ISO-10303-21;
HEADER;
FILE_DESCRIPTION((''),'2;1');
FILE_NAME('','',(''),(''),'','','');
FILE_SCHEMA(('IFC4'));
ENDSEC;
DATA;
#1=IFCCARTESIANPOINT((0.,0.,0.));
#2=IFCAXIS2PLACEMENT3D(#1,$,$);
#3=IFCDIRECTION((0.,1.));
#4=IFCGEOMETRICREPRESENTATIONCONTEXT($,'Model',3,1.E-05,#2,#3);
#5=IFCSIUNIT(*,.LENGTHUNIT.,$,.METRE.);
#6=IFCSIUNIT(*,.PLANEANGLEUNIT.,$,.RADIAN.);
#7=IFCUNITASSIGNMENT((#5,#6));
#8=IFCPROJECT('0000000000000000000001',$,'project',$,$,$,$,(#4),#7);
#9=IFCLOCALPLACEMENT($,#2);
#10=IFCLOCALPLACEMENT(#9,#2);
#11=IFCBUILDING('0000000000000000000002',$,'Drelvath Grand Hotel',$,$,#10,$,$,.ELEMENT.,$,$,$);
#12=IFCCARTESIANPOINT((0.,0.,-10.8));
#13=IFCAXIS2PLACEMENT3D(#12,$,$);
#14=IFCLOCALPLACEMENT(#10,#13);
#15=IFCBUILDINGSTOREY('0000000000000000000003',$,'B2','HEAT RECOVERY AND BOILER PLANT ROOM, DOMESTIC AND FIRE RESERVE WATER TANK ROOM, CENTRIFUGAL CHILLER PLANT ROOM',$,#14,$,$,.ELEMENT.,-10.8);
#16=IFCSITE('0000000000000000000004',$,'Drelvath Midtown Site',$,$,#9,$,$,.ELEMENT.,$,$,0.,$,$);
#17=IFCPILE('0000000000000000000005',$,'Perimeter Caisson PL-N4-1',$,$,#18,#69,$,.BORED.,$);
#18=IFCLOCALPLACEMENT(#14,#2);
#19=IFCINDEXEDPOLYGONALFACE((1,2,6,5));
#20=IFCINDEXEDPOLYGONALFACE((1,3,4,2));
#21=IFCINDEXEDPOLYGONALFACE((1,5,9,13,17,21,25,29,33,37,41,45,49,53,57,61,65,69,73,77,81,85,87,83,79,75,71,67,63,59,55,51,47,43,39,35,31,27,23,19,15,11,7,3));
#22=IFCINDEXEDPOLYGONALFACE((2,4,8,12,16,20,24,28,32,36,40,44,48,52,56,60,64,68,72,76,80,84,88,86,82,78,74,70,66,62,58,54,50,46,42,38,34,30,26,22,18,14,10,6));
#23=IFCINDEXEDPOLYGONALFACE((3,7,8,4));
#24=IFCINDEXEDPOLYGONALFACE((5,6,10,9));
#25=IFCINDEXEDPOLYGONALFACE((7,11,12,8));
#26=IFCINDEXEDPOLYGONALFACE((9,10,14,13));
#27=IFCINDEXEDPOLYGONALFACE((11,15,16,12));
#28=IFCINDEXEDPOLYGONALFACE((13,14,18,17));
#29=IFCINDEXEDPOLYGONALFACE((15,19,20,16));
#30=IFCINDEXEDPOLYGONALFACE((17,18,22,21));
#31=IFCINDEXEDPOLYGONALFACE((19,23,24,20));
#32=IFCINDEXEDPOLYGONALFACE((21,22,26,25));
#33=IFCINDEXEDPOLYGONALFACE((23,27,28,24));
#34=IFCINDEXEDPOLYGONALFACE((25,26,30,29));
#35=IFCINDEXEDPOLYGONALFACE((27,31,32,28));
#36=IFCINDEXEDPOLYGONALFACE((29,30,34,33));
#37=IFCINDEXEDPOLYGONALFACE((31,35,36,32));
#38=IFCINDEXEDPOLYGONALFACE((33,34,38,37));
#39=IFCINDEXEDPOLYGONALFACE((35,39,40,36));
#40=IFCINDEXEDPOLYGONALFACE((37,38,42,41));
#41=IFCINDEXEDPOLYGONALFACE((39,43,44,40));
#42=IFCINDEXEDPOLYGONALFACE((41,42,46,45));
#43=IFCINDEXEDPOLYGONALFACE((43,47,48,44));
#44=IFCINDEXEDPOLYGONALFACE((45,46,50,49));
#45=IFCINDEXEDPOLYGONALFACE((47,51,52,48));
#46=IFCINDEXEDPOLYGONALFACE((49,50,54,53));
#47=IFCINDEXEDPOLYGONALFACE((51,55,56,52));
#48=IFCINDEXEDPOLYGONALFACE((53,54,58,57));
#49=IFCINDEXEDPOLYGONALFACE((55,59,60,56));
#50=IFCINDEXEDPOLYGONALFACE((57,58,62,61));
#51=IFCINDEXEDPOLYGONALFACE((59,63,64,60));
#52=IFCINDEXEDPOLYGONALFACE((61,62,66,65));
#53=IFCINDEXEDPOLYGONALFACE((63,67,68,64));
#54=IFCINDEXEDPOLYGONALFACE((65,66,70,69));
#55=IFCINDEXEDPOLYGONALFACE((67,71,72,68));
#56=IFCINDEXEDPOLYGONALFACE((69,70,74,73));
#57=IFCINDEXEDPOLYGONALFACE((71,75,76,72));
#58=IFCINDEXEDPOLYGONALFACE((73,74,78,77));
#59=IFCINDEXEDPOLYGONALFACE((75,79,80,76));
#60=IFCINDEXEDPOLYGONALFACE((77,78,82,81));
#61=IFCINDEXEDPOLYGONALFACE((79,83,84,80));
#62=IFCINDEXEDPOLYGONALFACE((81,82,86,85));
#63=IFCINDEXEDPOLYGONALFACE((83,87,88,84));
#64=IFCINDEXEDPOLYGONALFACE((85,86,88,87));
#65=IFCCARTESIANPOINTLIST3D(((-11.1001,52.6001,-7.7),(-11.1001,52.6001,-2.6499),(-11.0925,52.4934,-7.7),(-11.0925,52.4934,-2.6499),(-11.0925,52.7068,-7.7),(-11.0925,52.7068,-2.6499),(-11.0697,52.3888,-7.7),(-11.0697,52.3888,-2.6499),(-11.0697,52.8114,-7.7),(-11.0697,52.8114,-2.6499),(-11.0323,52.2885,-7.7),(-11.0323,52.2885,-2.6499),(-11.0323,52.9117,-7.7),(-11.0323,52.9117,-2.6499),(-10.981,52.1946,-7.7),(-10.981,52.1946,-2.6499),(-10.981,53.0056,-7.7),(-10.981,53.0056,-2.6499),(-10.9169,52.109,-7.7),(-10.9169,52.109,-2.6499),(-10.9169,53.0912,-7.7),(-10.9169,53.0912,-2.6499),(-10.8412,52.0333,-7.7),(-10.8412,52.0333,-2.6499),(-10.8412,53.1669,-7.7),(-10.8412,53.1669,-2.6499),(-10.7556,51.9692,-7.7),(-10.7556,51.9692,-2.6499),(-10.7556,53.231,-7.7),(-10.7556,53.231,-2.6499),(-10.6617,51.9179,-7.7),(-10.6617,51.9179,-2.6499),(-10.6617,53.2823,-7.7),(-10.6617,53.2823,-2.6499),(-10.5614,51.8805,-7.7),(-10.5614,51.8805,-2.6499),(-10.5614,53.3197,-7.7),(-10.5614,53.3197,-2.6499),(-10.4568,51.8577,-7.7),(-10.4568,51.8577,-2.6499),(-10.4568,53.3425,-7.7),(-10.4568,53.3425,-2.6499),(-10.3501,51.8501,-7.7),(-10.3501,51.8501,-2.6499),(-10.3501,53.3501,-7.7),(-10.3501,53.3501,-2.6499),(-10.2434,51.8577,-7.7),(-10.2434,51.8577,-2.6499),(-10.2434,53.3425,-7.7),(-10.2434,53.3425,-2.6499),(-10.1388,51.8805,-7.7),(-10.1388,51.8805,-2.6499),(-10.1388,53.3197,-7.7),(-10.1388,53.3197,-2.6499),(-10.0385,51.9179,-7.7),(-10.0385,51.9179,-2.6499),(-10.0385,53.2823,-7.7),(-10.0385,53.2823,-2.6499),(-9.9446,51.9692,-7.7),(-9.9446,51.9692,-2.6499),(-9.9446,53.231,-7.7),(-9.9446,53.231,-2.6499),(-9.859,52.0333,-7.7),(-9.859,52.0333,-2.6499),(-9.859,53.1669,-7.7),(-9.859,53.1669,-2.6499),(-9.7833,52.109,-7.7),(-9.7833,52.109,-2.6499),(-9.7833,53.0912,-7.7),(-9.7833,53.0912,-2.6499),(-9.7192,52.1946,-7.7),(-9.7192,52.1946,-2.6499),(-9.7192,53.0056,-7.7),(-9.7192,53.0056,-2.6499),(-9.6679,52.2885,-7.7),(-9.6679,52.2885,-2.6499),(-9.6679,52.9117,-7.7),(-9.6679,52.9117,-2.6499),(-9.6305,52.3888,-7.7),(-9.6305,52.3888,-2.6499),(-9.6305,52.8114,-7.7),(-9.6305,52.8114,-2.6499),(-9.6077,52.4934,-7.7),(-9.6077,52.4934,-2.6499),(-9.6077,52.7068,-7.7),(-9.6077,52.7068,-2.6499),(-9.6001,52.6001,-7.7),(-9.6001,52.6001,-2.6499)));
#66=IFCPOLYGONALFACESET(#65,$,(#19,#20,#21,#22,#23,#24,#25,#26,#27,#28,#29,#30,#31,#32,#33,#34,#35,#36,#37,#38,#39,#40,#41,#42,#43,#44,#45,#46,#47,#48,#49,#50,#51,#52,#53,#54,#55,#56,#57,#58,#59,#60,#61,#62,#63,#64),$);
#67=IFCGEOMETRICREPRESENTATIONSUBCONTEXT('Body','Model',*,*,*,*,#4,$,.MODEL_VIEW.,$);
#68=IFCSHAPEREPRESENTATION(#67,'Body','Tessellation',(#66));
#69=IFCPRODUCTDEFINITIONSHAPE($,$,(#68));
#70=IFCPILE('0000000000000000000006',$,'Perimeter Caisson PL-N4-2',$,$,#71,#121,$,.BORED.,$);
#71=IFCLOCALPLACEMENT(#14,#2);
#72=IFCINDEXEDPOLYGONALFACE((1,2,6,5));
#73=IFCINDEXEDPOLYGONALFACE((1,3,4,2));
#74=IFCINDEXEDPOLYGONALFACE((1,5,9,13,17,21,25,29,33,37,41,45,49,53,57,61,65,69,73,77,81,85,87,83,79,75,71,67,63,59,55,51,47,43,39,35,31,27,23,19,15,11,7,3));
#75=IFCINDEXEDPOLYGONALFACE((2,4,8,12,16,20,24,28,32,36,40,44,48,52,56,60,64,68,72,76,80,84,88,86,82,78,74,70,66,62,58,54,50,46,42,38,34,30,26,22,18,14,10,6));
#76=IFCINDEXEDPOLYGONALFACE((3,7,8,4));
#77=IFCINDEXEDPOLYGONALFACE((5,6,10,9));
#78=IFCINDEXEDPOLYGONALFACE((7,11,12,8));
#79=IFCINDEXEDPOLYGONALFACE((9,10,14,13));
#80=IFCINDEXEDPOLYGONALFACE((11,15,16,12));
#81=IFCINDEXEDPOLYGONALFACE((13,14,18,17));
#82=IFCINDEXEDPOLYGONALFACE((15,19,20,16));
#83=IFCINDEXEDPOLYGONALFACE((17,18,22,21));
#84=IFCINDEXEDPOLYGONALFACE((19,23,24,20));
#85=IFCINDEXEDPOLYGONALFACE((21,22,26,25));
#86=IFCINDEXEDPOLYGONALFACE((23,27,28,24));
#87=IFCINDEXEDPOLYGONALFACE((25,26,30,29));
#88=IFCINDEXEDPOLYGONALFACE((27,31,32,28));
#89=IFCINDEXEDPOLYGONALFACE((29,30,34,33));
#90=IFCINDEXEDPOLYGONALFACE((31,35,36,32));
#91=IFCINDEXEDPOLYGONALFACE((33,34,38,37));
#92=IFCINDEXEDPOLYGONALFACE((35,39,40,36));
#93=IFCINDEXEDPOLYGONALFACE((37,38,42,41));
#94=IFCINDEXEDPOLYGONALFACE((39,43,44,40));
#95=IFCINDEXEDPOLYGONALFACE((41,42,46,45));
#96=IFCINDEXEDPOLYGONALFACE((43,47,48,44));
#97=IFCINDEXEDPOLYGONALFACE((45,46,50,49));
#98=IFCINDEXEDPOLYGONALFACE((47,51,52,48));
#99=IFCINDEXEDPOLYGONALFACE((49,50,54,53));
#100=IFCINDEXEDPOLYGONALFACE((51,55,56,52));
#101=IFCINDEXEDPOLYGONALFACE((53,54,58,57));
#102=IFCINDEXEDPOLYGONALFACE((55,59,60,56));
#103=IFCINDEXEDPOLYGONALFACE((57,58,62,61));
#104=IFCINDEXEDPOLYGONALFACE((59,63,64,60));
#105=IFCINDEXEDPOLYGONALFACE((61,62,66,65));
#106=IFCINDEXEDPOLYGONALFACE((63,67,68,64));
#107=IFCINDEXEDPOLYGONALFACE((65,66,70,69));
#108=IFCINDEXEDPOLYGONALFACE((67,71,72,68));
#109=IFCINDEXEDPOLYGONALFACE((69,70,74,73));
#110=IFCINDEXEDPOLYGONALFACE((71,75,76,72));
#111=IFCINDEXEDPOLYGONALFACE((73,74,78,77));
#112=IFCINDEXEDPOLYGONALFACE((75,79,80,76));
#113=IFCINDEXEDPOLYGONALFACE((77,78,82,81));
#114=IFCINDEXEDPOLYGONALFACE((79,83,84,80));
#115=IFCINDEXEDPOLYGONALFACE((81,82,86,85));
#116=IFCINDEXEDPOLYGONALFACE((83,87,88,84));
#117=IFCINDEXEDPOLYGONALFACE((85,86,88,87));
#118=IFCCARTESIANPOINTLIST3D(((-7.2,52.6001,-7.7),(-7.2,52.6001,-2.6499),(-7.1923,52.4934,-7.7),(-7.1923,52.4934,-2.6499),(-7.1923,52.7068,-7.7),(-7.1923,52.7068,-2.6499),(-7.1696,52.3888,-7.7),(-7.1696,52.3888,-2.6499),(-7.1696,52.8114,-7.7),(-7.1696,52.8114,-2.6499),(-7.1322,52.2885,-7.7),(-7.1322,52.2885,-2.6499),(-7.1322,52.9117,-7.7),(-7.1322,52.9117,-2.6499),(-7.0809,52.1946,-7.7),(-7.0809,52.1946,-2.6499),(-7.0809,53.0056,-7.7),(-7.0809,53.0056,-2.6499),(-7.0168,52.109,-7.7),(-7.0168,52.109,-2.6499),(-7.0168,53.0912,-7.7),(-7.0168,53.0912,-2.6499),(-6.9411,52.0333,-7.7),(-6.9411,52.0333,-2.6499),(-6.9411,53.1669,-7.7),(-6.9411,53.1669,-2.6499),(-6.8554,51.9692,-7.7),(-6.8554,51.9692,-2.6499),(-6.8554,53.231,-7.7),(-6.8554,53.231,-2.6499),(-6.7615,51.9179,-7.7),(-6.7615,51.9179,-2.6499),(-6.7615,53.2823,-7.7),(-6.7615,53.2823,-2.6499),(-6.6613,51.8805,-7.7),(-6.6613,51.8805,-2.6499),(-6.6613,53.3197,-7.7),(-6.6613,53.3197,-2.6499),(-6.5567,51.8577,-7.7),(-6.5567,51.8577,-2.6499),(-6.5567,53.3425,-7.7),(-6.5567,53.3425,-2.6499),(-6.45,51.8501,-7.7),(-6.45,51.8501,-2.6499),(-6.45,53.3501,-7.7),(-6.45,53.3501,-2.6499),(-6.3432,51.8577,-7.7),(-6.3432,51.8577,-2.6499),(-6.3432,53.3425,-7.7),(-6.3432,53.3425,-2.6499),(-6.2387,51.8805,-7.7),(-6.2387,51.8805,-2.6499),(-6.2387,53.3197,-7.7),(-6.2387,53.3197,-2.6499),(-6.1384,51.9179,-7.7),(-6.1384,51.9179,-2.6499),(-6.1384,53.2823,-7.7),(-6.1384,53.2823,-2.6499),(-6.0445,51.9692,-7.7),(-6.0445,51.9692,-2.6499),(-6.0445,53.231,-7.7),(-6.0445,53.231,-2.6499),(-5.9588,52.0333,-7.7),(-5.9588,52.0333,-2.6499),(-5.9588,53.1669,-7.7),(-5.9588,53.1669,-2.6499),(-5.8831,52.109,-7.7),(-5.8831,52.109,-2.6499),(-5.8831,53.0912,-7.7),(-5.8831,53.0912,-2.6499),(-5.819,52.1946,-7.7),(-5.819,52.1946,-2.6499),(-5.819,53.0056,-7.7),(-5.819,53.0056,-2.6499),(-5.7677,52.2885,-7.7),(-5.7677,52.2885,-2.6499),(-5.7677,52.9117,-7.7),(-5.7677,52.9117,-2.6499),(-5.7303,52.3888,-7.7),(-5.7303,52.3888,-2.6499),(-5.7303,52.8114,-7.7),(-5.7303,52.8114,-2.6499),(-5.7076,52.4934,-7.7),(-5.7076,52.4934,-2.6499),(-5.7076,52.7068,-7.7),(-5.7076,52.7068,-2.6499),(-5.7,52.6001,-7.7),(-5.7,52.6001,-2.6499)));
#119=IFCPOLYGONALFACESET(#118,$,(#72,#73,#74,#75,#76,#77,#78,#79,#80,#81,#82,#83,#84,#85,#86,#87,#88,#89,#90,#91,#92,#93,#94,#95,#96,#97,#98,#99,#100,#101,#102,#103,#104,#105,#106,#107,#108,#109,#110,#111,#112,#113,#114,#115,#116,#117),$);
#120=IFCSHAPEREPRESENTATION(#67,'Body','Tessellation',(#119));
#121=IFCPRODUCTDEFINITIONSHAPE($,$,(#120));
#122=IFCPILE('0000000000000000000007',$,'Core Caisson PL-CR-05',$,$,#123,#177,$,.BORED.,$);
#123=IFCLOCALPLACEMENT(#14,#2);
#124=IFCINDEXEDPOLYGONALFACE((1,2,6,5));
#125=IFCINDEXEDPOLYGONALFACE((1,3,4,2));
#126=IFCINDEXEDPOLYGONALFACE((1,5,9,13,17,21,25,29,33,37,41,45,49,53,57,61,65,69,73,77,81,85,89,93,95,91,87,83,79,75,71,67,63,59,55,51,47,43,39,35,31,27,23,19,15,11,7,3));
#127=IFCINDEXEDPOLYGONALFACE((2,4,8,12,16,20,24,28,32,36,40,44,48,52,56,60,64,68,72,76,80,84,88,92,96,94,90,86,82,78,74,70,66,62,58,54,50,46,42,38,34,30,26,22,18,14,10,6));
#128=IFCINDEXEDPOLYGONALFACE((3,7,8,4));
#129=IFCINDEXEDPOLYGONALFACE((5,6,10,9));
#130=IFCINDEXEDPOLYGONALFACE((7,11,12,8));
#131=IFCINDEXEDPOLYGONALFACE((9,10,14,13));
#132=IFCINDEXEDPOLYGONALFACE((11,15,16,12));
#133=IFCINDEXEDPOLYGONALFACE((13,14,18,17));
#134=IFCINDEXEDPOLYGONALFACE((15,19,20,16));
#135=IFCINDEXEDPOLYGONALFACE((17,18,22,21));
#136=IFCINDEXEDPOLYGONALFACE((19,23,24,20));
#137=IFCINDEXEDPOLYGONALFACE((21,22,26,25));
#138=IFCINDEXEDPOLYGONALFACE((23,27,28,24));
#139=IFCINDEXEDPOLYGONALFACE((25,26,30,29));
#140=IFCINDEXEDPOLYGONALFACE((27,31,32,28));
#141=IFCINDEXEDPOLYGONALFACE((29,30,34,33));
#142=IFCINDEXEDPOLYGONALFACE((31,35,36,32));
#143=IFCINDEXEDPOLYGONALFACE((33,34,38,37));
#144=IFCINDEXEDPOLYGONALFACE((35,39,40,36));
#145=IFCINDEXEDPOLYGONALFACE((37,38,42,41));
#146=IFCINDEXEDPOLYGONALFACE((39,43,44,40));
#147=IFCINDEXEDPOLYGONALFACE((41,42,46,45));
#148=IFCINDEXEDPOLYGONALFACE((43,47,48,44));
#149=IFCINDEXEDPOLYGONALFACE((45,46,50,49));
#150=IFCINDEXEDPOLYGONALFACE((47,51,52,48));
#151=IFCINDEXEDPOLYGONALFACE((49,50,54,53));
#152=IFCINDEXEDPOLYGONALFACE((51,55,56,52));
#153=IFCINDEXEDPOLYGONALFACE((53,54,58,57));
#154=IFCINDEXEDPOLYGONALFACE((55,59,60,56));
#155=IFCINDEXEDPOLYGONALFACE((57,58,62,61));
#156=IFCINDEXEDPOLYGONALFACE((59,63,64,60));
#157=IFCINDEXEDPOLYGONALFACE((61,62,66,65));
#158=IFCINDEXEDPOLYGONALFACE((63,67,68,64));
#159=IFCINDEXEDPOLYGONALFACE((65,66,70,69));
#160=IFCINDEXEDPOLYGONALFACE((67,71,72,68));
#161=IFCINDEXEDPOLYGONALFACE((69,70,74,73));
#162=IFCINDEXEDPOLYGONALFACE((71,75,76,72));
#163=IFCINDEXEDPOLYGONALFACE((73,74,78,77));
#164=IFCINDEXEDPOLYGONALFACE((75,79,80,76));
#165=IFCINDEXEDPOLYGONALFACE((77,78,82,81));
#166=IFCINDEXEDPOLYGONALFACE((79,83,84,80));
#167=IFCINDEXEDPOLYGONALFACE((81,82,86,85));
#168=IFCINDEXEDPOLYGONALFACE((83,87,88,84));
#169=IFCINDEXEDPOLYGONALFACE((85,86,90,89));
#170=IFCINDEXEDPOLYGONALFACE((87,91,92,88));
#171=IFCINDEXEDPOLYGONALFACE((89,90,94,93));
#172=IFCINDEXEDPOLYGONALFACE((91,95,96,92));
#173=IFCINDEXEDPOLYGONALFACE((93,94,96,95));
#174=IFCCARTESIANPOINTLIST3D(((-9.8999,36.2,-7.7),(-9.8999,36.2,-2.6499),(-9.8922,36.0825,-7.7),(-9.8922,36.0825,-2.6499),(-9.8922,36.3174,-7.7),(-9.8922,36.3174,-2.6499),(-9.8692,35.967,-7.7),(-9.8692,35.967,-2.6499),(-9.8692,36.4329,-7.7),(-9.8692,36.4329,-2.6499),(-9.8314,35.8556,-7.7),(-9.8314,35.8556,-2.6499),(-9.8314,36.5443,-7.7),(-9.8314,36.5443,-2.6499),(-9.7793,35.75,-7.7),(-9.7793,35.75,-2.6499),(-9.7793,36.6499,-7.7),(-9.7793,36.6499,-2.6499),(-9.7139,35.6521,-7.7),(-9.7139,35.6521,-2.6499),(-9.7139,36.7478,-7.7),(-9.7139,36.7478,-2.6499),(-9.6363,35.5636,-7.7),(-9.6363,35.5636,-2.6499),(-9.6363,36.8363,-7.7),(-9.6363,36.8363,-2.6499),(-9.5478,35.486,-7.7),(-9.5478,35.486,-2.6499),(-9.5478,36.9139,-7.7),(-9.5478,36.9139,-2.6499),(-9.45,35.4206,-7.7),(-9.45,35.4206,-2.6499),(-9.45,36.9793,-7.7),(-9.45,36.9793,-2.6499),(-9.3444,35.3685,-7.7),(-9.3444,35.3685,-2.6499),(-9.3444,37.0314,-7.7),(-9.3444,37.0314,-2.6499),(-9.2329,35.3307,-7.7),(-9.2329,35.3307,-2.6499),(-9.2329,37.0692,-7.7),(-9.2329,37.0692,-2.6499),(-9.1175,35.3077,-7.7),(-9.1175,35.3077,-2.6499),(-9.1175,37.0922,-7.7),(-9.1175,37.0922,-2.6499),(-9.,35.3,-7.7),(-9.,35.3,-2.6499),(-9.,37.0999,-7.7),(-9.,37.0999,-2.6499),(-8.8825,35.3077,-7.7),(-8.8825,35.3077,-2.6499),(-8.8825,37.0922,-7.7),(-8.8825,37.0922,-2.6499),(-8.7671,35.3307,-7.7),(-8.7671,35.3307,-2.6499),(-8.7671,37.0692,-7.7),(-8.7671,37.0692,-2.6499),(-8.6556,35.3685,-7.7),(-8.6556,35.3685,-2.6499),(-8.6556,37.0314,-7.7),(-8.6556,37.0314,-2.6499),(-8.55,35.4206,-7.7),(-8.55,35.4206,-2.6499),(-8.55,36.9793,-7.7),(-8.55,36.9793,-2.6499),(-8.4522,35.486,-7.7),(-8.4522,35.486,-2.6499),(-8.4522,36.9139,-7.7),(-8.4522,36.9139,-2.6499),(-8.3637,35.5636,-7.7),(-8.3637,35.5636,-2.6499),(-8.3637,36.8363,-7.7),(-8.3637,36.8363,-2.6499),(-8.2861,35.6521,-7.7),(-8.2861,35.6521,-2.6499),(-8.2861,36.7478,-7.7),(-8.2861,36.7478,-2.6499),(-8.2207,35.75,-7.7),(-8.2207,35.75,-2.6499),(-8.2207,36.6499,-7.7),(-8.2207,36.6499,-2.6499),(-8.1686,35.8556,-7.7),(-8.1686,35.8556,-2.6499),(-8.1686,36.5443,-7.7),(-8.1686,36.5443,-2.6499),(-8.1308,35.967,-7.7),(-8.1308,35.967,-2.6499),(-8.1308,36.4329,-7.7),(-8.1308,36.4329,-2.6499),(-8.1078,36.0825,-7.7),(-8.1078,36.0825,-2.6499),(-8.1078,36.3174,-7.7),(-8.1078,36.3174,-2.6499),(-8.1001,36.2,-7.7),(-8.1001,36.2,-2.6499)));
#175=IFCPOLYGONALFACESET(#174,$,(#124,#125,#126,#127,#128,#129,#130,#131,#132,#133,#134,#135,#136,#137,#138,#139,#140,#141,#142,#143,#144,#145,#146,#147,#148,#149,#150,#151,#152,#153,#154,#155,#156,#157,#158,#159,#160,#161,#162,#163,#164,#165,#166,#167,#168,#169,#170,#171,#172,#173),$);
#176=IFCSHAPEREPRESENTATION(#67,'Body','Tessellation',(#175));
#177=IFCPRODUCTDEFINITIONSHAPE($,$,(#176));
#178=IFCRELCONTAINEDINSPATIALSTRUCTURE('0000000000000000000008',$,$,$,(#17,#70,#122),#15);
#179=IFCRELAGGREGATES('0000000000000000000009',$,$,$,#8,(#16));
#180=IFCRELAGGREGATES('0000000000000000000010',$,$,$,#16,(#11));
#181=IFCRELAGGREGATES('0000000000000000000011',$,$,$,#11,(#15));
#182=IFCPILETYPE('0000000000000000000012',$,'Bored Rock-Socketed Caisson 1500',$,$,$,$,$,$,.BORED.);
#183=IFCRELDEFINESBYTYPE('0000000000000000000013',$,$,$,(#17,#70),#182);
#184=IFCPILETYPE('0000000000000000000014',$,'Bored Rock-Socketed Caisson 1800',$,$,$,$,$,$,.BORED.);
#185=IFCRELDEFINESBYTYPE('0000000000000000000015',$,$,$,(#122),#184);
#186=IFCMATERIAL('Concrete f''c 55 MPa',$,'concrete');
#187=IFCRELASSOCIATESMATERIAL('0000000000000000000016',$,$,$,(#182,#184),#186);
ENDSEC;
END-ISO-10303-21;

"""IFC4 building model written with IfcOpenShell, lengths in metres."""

from ifc_helpers import new_model, si_unit, direction, frame, origin, origin_2d, place, context, subcontext, project, spatial, circle, extrude, material, material_profile, profile_set, type_object, element, save


model = new_model("IFC4")

# Units and contexts
model_context = context("Model", 3, precision=1e-05, world=origin(), true_north=direction((0.0, 1.0)))
body_context = subcontext(model_context, "Body", "Model", "MODEL_VIEW")
ifc_project = project(units=[si_unit("LENGTHUNIT", "METRE"), si_unit("PLANEANGLEUNIT", "RADIAN")], contexts=[model_context])

# Site, building, storey
site_placement = place(None, origin())
site = spatial("IfcSite", under=ifc_project, at=site_placement, Name="Drelvath Midtown Site", CompositionType="ELEMENT", RefElevation=0.0)
building_placement = place(site_placement, origin())
building = spatial("IfcBuilding", under=site, at=building_placement, Name="Drelvath Grand Hotel", CompositionType="ELEMENT")
storey_placement = place(building_placement, frame((0.0, 0.0, -10.8)))
storey = spatial("IfcBuildingStorey", under=building, at=storey_placement, Name="B2", Description="HEAT RECOVERY AND BOILER PLANT ROOM, DOMESTIC AND FIRE RESERVE WATER TANK ROOM, CENTRIFUGAL CHILLER PLANT ROOM", CompositionType="ELEMENT", Elevation=-10.8)

# Piles
ifc_material_1 = material(Name="Concrete f'c 55 MPa", Category="concrete")
ifc_material_profile_1 = material_profile(ifc_material_1, circle(Radius=0.75, at=origin_2d()), Name="CAISSON1500")
ifc_profile_set_1 = profile_set([ifc_material_profile_1], Name="Concrete f'c 55 MPa")
pile_type_1 = type_object("IfcPileType", Name="Bored Rock-Socketed Caisson 1500", PredefinedType="BORED", material=ifc_profile_set_1)
for number, where, z_axis, x_axis, name in (
    (1, (-10.3501, 52.6001, -2.6499), (0.0, 0.0, -1.0), (1.0, 0.0, 0.0), "Perimeter Caisson PL-N4-1"),
    (2, (-6.45, 52.6001, -2.6499), (0.0, 0.0, -1.0), (1.0, 0.0, 0.0), "Perimeter Caisson PL-N4-2"),
):
    element("IfcPile", number, at=place(storey_placement, frame(where, z_axis=z_axis, x_axis=x_axis)), inside=storey, type_object=pile_type_1, Name=name, PredefinedType="BORED", context=body_context, shape_type="SweptSolid", body=[
        extrude(circle(Radius=0.75, at=origin_2d()), origin(), (0.0, 0.0, 1.0), 5.05),
    ])
ifc_material_profile_2 = material_profile(ifc_material_1, circle(Radius=0.8999, at=origin_2d()), Name="CAISSON1800")
ifc_profile_set_2 = profile_set([ifc_material_profile_2], Name="Concrete f'c 55 MPa")
pile_type_2 = type_object("IfcPileType", Name="Bored Rock-Socketed Caisson 1800", PredefinedType="BORED", material=ifc_profile_set_2)
for number, where, z_axis, x_axis, name in (
    (3, (-9.0, 36.2, -2.6499), (0.0, 0.0, -1.0), (1.0, 0.0, 0.0), "Core Caisson PL-CR-05"),
):
    element("IfcPile", number, at=place(storey_placement, frame(where, z_axis=z_axis, x_axis=x_axis)), inside=storey, type_object=pile_type_2, Name=name, PredefinedType="BORED", context=body_context, shape_type="SweptSolid", body=[
        extrude(circle(Radius=0.8999, at=origin_2d()), origin(), (0.0, 0.0, 1.0), 5.05),
    ])

save(model, "model.ifc")
